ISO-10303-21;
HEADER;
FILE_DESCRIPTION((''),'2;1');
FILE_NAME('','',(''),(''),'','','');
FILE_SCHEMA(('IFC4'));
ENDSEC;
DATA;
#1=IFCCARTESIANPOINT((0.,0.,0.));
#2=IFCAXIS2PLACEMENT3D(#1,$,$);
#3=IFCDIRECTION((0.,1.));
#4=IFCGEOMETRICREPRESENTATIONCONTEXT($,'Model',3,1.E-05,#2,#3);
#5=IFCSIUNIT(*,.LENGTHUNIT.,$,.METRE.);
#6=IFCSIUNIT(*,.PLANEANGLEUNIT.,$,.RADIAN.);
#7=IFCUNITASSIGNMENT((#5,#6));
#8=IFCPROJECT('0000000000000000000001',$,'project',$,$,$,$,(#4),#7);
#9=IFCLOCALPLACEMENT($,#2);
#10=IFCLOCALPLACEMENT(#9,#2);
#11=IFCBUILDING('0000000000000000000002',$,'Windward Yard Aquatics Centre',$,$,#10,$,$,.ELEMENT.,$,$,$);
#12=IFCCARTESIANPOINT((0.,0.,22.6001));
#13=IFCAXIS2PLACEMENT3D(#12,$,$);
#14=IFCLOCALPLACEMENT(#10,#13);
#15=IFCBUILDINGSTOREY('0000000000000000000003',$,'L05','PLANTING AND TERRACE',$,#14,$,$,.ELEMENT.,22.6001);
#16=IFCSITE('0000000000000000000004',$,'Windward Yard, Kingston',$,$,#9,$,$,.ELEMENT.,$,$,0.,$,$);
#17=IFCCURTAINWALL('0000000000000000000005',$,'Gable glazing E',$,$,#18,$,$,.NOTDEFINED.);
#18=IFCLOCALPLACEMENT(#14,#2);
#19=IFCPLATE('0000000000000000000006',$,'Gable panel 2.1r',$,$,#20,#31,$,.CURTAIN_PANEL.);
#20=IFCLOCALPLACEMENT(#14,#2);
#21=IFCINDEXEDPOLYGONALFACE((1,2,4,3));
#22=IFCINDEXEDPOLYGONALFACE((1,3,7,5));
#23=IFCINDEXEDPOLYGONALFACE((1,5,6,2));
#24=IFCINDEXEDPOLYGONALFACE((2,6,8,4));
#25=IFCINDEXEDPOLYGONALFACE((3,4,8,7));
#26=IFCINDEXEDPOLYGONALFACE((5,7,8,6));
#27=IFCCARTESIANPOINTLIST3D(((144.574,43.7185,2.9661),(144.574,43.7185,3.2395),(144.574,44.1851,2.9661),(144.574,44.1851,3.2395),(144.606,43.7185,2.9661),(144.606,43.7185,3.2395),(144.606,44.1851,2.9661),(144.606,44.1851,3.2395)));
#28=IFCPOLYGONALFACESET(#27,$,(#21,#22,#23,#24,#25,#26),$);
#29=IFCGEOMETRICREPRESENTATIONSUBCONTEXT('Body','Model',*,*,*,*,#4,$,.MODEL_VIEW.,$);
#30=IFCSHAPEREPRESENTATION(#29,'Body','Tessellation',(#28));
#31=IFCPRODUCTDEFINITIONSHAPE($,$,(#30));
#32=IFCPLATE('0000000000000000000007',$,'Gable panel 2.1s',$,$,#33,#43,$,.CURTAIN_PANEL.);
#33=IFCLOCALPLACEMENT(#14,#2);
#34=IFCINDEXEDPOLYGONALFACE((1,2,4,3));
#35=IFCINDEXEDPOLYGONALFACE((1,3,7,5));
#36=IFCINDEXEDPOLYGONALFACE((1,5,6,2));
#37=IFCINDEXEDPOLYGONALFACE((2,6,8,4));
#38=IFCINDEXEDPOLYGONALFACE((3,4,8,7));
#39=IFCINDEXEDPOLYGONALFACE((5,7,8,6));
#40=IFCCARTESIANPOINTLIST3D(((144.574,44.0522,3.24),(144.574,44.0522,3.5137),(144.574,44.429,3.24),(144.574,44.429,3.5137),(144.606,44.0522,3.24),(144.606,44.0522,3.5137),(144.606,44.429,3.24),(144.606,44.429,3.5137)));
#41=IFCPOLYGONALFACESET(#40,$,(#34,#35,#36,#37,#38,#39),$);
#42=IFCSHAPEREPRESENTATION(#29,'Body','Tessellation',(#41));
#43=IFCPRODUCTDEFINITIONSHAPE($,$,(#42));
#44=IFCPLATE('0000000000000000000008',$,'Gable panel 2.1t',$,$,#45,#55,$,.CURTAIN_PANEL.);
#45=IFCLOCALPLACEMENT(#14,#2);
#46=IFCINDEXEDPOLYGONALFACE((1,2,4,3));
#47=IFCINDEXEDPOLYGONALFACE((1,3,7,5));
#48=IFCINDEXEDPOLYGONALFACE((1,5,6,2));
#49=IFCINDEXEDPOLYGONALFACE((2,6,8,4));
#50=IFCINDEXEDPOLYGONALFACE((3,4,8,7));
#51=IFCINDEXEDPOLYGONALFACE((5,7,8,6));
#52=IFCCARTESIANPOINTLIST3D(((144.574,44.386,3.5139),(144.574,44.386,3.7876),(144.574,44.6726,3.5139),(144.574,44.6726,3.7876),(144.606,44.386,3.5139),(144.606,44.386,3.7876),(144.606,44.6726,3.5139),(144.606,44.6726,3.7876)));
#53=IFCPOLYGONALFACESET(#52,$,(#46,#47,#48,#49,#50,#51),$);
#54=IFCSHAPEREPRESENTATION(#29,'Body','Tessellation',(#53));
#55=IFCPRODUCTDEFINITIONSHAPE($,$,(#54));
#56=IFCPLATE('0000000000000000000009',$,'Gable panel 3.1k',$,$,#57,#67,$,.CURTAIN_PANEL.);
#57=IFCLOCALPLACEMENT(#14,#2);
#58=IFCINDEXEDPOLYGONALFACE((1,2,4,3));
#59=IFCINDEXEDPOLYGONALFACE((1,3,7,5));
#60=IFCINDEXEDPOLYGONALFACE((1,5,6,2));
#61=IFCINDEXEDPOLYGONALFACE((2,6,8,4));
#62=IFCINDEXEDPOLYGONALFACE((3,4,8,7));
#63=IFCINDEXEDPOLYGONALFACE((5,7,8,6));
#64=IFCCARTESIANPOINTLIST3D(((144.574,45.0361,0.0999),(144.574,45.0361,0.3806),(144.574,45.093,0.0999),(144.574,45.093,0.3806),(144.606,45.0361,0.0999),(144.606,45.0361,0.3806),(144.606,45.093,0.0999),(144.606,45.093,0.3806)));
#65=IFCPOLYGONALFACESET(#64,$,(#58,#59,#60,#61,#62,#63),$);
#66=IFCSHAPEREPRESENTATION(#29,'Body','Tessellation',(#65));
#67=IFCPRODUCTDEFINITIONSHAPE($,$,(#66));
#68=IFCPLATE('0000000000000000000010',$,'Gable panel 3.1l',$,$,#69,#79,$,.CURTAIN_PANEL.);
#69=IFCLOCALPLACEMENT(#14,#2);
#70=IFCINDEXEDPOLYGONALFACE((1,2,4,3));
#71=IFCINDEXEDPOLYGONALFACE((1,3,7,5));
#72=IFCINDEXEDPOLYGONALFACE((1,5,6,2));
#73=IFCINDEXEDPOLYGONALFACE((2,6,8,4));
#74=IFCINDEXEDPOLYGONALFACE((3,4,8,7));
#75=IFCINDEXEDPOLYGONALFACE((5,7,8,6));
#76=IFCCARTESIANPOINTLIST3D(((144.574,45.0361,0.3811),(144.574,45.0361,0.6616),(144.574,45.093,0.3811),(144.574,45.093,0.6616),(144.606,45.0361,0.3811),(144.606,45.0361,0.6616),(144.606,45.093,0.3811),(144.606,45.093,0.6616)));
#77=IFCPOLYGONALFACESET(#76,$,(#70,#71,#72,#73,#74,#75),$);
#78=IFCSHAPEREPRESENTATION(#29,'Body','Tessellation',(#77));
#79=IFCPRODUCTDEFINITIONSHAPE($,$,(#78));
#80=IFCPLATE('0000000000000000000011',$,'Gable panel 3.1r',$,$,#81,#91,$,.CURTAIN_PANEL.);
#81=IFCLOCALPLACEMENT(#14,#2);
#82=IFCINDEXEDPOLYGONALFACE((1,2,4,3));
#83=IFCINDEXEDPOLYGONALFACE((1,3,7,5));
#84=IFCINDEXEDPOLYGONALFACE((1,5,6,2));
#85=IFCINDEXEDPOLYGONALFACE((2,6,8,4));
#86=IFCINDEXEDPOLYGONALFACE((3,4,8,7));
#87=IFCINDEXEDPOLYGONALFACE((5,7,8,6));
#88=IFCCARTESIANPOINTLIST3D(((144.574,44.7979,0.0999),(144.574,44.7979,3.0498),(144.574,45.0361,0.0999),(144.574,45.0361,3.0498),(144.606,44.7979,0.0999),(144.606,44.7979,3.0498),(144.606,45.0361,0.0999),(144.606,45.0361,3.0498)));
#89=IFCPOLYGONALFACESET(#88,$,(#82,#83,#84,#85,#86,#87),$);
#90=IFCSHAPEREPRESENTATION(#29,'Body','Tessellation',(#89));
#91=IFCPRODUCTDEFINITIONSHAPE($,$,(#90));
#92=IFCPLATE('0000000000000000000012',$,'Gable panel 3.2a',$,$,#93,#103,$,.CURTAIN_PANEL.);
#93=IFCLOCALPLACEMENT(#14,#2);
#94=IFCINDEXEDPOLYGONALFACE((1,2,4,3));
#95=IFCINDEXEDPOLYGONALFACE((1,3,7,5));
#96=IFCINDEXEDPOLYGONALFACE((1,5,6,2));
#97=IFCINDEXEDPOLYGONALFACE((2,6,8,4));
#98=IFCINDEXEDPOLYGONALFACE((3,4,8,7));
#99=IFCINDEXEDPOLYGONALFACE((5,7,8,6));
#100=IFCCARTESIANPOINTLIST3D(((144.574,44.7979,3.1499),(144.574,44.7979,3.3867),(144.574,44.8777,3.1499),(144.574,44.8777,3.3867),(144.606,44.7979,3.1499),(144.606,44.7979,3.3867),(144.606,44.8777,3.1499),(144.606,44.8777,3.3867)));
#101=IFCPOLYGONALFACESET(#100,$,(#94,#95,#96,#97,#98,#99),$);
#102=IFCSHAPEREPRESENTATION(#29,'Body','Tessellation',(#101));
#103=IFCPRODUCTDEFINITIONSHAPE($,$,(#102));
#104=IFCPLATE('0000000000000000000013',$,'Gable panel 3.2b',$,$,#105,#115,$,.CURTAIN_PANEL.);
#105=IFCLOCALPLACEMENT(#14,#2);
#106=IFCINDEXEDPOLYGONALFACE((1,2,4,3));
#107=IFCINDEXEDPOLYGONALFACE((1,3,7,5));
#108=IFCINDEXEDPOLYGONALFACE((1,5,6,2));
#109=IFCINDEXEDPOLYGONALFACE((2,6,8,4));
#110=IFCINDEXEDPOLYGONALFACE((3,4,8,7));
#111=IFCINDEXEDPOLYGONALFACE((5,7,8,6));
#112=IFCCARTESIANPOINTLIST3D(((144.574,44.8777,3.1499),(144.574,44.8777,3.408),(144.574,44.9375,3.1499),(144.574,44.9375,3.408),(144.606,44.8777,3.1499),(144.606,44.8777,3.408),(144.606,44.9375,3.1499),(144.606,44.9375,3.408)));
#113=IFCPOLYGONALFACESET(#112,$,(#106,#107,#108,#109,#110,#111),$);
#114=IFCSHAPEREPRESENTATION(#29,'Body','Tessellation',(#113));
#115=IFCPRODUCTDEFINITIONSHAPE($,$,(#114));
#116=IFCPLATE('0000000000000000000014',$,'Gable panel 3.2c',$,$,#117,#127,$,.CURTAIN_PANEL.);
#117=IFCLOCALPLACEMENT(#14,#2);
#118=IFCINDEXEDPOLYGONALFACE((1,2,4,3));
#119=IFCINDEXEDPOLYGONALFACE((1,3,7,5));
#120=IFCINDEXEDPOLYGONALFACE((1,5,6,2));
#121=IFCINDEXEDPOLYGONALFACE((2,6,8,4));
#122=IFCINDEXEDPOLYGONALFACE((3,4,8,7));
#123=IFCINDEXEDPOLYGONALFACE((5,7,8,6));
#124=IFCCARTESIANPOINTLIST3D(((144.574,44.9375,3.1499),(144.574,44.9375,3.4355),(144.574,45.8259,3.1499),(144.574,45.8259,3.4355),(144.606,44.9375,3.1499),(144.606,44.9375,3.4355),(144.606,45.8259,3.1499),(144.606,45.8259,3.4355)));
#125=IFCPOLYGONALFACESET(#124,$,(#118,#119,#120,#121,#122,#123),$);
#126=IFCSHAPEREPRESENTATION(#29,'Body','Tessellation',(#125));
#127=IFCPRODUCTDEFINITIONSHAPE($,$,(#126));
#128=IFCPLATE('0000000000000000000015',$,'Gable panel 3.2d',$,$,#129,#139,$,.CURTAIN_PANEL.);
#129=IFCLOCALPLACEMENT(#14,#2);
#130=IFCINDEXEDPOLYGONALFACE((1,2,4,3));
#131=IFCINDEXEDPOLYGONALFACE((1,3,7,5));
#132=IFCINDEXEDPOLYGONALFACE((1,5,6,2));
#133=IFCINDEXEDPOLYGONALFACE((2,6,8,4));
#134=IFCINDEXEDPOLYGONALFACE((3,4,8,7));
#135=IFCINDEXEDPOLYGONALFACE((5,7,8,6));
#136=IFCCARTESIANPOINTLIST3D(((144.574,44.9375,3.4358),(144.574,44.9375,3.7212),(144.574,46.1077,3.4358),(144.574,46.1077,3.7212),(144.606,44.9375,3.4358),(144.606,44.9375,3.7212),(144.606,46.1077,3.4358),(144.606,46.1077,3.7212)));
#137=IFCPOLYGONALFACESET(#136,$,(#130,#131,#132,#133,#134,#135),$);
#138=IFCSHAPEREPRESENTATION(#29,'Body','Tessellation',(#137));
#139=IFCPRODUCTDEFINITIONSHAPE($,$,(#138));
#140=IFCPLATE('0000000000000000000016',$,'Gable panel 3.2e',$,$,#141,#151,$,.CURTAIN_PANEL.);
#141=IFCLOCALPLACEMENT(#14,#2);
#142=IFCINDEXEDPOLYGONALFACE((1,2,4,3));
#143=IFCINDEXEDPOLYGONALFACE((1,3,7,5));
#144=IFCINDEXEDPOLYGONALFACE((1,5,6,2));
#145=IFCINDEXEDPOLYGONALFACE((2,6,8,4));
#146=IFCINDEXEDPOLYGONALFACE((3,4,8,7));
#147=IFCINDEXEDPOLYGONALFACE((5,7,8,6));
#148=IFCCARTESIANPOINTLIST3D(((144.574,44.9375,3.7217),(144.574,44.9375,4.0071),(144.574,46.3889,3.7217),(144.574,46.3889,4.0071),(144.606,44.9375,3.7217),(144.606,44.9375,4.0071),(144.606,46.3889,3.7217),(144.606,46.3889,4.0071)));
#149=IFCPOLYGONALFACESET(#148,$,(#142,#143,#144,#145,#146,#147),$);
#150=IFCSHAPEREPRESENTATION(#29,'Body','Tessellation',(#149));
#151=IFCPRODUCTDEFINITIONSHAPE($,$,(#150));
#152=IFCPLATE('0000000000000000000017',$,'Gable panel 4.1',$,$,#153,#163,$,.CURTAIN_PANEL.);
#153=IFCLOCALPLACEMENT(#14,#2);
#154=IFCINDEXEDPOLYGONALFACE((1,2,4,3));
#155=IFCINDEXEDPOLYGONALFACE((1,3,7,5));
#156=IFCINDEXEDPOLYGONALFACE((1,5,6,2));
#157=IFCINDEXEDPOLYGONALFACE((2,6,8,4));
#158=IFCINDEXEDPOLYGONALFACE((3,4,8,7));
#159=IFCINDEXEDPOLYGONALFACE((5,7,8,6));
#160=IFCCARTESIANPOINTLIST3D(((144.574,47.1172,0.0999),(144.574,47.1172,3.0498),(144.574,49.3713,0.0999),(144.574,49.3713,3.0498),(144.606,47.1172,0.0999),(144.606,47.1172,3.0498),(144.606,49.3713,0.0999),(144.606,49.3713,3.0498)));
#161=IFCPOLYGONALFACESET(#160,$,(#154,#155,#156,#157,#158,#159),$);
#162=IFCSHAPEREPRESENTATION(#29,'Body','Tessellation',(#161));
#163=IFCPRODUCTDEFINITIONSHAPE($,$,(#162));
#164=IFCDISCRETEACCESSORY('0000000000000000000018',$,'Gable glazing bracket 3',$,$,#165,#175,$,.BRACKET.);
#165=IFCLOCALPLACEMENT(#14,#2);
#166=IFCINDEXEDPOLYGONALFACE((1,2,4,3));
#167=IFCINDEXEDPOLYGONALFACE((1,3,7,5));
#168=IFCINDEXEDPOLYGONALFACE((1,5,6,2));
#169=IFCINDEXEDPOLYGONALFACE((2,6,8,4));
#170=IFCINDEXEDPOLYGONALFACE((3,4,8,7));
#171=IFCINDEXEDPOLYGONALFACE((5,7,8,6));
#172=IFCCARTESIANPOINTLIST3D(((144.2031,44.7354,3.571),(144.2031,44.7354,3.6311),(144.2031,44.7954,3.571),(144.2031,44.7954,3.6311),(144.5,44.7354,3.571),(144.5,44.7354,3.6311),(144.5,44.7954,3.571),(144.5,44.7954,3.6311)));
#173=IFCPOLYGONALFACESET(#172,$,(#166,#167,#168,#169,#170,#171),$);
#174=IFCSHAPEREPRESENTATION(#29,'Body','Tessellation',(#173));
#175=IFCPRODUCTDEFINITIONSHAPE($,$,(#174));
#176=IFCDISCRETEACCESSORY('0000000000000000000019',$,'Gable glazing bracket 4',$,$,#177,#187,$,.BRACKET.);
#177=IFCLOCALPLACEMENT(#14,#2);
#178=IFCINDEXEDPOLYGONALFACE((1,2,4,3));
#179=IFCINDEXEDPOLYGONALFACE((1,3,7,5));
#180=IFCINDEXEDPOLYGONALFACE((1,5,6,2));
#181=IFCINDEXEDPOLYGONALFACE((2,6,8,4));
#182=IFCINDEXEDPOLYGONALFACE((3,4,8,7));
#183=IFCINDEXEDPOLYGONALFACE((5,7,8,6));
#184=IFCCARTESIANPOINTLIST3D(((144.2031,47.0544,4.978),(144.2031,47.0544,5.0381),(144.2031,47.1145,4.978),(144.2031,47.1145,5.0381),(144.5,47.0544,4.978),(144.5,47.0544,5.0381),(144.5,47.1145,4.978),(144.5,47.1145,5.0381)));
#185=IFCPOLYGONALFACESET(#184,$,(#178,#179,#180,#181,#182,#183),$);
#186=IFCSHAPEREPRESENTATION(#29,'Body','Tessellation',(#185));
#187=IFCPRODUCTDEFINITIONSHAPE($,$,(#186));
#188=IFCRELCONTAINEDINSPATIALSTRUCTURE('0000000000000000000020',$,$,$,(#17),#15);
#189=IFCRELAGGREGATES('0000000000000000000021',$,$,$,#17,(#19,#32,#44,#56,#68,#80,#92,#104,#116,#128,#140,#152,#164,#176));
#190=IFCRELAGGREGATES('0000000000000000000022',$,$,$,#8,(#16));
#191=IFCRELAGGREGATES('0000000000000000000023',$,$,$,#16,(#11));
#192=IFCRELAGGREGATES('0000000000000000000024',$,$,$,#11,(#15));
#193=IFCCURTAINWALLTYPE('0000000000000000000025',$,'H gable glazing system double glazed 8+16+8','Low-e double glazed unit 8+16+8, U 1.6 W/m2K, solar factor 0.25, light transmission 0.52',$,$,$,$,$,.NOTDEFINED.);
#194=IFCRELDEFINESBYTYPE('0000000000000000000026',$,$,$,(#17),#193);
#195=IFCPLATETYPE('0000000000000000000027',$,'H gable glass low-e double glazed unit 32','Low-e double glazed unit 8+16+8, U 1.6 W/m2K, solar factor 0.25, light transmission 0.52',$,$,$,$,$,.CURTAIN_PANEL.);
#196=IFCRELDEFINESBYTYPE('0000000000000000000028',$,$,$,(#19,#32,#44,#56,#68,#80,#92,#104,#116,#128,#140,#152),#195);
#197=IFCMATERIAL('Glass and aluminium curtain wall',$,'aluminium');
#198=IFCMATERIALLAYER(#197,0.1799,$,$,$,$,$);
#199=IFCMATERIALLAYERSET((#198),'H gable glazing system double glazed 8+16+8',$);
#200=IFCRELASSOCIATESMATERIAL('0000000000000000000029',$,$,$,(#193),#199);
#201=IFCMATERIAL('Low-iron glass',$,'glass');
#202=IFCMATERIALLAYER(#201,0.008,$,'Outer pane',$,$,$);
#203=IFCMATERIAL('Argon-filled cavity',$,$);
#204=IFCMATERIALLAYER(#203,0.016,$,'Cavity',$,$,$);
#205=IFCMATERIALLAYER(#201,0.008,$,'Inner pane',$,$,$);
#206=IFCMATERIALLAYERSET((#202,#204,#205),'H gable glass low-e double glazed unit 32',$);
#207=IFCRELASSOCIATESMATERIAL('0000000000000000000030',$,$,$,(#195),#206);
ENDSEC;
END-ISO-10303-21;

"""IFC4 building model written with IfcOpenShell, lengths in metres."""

from ifc_helpers import new_model, si_unit, direction, frame, origin, origin_2d, place, context, subcontext, project, spatial, polyline, rectangle, outline, extrude, material, layer, layer_set, type_object, element, aggregate, save


model = new_model("IFC4")

# Units and contexts
model_context = context("Model", 3, precision=1e-05, world=origin(), true_north=direction((0.0, 1.0)))
body_context = subcontext(model_context, "Body", "Model", "MODEL_VIEW")
ifc_project = project(units=[si_unit("LENGTHUNIT", "METRE"), si_unit("PLANEANGLEUNIT", "RADIAN")], contexts=[model_context])

# Site, building, storey
site_placement = place(None, origin())
site = spatial("IfcSite", under=ifc_project, at=site_placement, Name="Windward Yard, Kingston", CompositionType="ELEMENT", RefElevation=0.0)
building_placement = place(site_placement, origin())
building = spatial("IfcBuilding", under=site, at=building_placement, Name="Windward Yard Aquatics Centre", CompositionType="ELEMENT")
storey_placement = place(building_placement, frame((0.0, 0.0, 22.6001)))
storey = spatial("IfcBuildingStorey", under=building, at=storey_placement, Name="L05", Description="PLANTING AND TERRACE", CompositionType="ELEMENT", Elevation=22.6001)

# Curtain wall
ifc_material_1 = material(Name="Glass and aluminium curtain wall", Category="aluminium")
ifc_layer_1 = layer(ifc_material_1, 0.1799)
ifc_layer_set_1 = layer_set([ifc_layer_1], Name="H gable glazing system double glazed 8+16+8")
curtain_wall_type = type_object("IfcCurtainWallType", Name="H gable glazing system double glazed 8+16+8", Description="Low-e double glazed unit 8+16+8, U 1.6 W/m2K, solar factor 0.25, light transmission 0.52", PredefinedType="NOTDEFINED", material=ifc_layer_set_1)
curtain_wall_placement = place(storey_placement, origin())
curtain_wall = element("IfcCurtainWall", 1, at=curtain_wall_placement, inside=storey, type_object=curtain_wall_type, Name="Gable glazing E", PredefinedType="NOTDEFINED")

# Plates
ifc_material_2 = material(Name="Low-iron glass", Category="glass")
ifc_layer_2 = layer(ifc_material_2, 0.008, Name="Outer pane")
ifc_material_3 = material(Name="Argon-filled cavity")
ifc_layer_3 = layer(ifc_material_3, 0.016, Name="Cavity")
ifc_layer_4 = layer(ifc_material_2, 0.008, Name="Inner pane")
ifc_layer_set_2 = layer_set([ifc_layer_2, ifc_layer_3, ifc_layer_4], Name="H gable glass low-e double glazed unit 32")
plate_type = type_object("IfcPlateType", Name="H gable glass low-e double glazed unit 32", Description="Low-e double glazed unit 8+16+8, U 1.6 W/m2K, solar factor 0.25, light transmission 0.52", PredefinedType="CURTAIN_PANEL", material=ifc_layer_set_2)
plate_1_placement = place(storey_placement, frame((144.606, 43.7185, 2.9661), z_axis=(1.0, 0.0, 0.0), x_axis=(0.0, 1.0, 0.0)))
plate_1 = element("IfcPlate", 2, at=plate_1_placement, type_object=plate_type, Name="Gable panel 2.1r", PredefinedType="CURTAIN_PANEL", context=body_context, shape_type="SweptSolid", body=[
    extrude(outline(polyline([(0.0, 0.0), (0.4666, 0.0), (0.4666, 0.2734), (0.0, 0.2734), (0.0, 0.0)])), origin(), (0.0, 0.0, -1.0), 0.032),
])
plate_2_placement = place(storey_placement, frame((144.606, 44.0522, 3.24), z_axis=(1.0, 0.0, 0.0), x_axis=(0.0, 1.0, 0.0)))
plate_2 = element("IfcPlate", 3, at=plate_2_placement, type_object=plate_type, Name="Gable panel 2.1s", PredefinedType="CURTAIN_PANEL", context=body_context, shape_type="SweptSolid", body=[
    extrude(outline(polyline([(0.0, 0.0), (0.3767, 0.0), (0.3767, 0.2737), (0.0, 0.2737), (0.0, 0.0)])), origin(), (0.0, 0.0, -1.0), 0.032),
])
plate_3_placement = place(storey_placement, frame((144.606, 44.386, 3.5139), z_axis=(1.0, 0.0, 0.0), x_axis=(0.0, 1.0, 0.0)))
plate_3 = element("IfcPlate", 4, at=plate_3_placement, type_object=plate_type, Name="Gable panel 2.1t", PredefinedType="CURTAIN_PANEL", context=body_context, shape_type="SweptSolid", body=[
    extrude(outline(polyline([(0.0, 0.0), (0.2866, 0.0), (0.2866, 0.2737), (0.0, 0.2737), (0.0, 0.0)])), origin(), (0.0, 0.0, -1.0), 0.032),
])
plate_4_placement = place(storey_placement, frame((144.606, 45.0361, 0.0999), z_axis=(1.0, 0.0, 0.0), x_axis=(0.0, 1.0, 0.0)))
plate_4 = element("IfcPlate", 5, at=plate_4_placement, type_object=plate_type, Name="Gable panel 3.1k", PredefinedType="CURTAIN_PANEL", context=body_context, shape_type="SweptSolid", body=[
    extrude(outline(polyline([(0.0, 0.0), (0.0569, 0.0), (0.0569, 0.2808), (0.0, 0.2808), (0.0, 0.0)])), origin(), (0.0, 0.0, -1.0), 0.032),
])
plate_5_placement = place(storey_placement, frame((144.606, 45.0361, 0.3811), z_axis=(1.0, 0.0, 0.0), x_axis=(0.0, 1.0, 0.0)))
plate_5 = element("IfcPlate", 6, at=plate_5_placement, type_object=plate_type, Name="Gable panel 3.1l", PredefinedType="CURTAIN_PANEL", context=body_context, shape_type="SweptSolid", body=[
    extrude(outline(polyline([(0.0, 0.0), (0.0569, 0.0), (0.0569, 0.2805), (0.0, 0.2805), (0.0, 0.0)])), origin(), (0.0, 0.0, -1.0), 0.032),
])
plate_6_placement = place(storey_placement, frame((144.574, 44.7979, 0.0999), z_axis=(-1.0, 0.0, 0.0), x_axis=(0.0, 0.0, 1.0)))
plate_6 = element("IfcPlate", 7, at=plate_6_placement, type_object=plate_type, Name="Gable panel 3.1r", PredefinedType="CURTAIN_PANEL", context=body_context, shape_type="SweptSolid", body=[
    extrude(outline(polyline([(0.0, 0.0), (2.95, 0.0), (2.95, 0.2383), (0.0, 0.2383), (0.0, 0.0)])), origin(), (0.0, 0.0, -1.0), 0.032),
])
plate_7_placement = place(storey_placement, frame((144.606, 44.7979, 3.1499), z_axis=(1.0, 0.0, 0.0), x_axis=(0.0, 1.0, 0.0)))
plate_7 = element("IfcPlate", 8, at=plate_7_placement, type_object=plate_type, Name="Gable panel 3.2a", PredefinedType="CURTAIN_PANEL", context=body_context, shape_type="SweptSolid", body=[
    extrude(outline(polyline([(0.0, 0.0), (0.0798, 0.0), (0.0798, 0.2368), (0.0, 0.2368), (0.0, 0.0)])), origin(), (0.0, 0.0, -1.0), 0.032),
])
plate_8_placement = place(storey_placement, frame((144.606, 44.8777, 3.1499), z_axis=(1.0, 0.0, 0.0), x_axis=(0.0, 1.0, 0.0)))
plate_8 = element("IfcPlate", 9, at=plate_8_placement, type_object=plate_type, Name="Gable panel 3.2b", PredefinedType="CURTAIN_PANEL", context=body_context, shape_type="SweptSolid", body=[
    extrude(outline(polyline([(0.0, 0.0), (0.0598, 0.0), (0.0598, 0.2581), (0.0, 0.2581), (0.0, 0.0)])), origin(), (0.0, 0.0, -1.0), 0.032),
])
plate_9_placement = place(storey_placement, frame((144.606, 44.9375, 3.1499), z_axis=(1.0, 0.0, 0.0), x_axis=(0.0, 1.0, 0.0)))
plate_9 = element("IfcPlate", 10, at=plate_9_placement, type_object=plate_type, Name="Gable panel 3.2c", PredefinedType="CURTAIN_PANEL", context=body_context, shape_type="SweptSolid", body=[
    extrude(outline(polyline([(0.0, 0.0), (0.8884, 0.0), (0.8884, 0.2856), (0.0, 0.2856), (0.0, 0.0)])), origin(), (0.0, 0.0, -1.0), 0.032),
])
plate_10_placement = place(storey_placement, frame((144.606, 44.9375, 3.4358), z_axis=(1.0, 0.0, 0.0), x_axis=(0.0, 1.0, 0.0)))
plate_10 = element("IfcPlate", 11, at=plate_10_placement, type_object=plate_type, Name="Gable panel 3.2d", PredefinedType="CURTAIN_PANEL", context=body_context, shape_type="SweptSolid", body=[
    extrude(outline(polyline([(0.0, 0.0), (1.1702, 0.0), (1.1702, 0.2854), (0.0, 0.2854), (0.0, 0.0)])), origin(), (0.0, 0.0, -1.0), 0.032),
])
plate_11_placement = place(storey_placement, frame((144.606, 44.9375, 3.7217), z_axis=(1.0, 0.0, 0.0), x_axis=(0.0, 1.0, 0.0)))
plate_11 = element("IfcPlate", 12, at=plate_11_placement, type_object=plate_type, Name="Gable panel 3.2e", PredefinedType="CURTAIN_PANEL", context=body_context, shape_type="SweptSolid", body=[
    extrude(outline(polyline([(0.0, 0.0), (1.4514, 0.0), (1.4514, 0.2854), (0.0, 0.2854), (0.0, 0.0)])), origin(), (0.0, 0.0, -1.0), 0.032),
])
plate_12_placement = place(storey_placement, frame((144.574, 47.1172, 0.0999), z_axis=(-1.0, 0.0, 0.0), x_axis=(0.0, 0.0, 1.0)))
plate_12 = element("IfcPlate", 13, at=plate_12_placement, type_object=plate_type, Name="Gable panel 4.1", PredefinedType="CURTAIN_PANEL", context=body_context, shape_type="SweptSolid", body=[
    extrude(outline(polyline([(0.0, 0.0), (2.95, 0.0), (2.95, 2.2542), (0.0, 2.2542), (0.0, 0.0)])), origin(), (0.0, 0.0, -1.0), 0.032),
])

# Discrete accessories
discrete_accessory_1_placement = place(storey_placement, frame((144.2031, 44.7654, 3.6011), z_axis=(1.0, 0.0, 0.0), x_axis=(0.0, 1.0, 0.0)))
discrete_accessory_1 = element("IfcDiscreteAccessory", 14, at=discrete_accessory_1_placement, Name="Gable glazing bracket 3", PredefinedType="BRACKET", context=body_context, shape_type="SweptSolid", body=[
    extrude(rectangle(XDim=0.0601, YDim=0.0601, at=origin_2d()), origin(), (0.0, 0.0, 1.0), 0.2969),
])
discrete_accessory_2_placement = place(storey_placement, frame((144.2031, 47.0845, 5.0081), z_axis=(1.0, 0.0, 0.0), x_axis=(0.0, 1.0, 0.0)))
discrete_accessory_2 = element("IfcDiscreteAccessory", 15, at=discrete_accessory_2_placement, Name="Gable glazing bracket 4", PredefinedType="BRACKET", context=body_context, shape_type="SweptSolid", body=[
    extrude(rectangle(XDim=0.0601, YDim=0.0601, at=origin_2d()), origin(), (0.0, 0.0, 1.0), 0.2969),
])
aggregate(curtain_wall, [plate_1, plate_2, plate_3, plate_4, plate_5, plate_6, plate_7, plate_8, plate_9, plate_10, plate_11, plate_12, discrete_accessory_1, discrete_accessory_2])

save(model, "model.ifc")
